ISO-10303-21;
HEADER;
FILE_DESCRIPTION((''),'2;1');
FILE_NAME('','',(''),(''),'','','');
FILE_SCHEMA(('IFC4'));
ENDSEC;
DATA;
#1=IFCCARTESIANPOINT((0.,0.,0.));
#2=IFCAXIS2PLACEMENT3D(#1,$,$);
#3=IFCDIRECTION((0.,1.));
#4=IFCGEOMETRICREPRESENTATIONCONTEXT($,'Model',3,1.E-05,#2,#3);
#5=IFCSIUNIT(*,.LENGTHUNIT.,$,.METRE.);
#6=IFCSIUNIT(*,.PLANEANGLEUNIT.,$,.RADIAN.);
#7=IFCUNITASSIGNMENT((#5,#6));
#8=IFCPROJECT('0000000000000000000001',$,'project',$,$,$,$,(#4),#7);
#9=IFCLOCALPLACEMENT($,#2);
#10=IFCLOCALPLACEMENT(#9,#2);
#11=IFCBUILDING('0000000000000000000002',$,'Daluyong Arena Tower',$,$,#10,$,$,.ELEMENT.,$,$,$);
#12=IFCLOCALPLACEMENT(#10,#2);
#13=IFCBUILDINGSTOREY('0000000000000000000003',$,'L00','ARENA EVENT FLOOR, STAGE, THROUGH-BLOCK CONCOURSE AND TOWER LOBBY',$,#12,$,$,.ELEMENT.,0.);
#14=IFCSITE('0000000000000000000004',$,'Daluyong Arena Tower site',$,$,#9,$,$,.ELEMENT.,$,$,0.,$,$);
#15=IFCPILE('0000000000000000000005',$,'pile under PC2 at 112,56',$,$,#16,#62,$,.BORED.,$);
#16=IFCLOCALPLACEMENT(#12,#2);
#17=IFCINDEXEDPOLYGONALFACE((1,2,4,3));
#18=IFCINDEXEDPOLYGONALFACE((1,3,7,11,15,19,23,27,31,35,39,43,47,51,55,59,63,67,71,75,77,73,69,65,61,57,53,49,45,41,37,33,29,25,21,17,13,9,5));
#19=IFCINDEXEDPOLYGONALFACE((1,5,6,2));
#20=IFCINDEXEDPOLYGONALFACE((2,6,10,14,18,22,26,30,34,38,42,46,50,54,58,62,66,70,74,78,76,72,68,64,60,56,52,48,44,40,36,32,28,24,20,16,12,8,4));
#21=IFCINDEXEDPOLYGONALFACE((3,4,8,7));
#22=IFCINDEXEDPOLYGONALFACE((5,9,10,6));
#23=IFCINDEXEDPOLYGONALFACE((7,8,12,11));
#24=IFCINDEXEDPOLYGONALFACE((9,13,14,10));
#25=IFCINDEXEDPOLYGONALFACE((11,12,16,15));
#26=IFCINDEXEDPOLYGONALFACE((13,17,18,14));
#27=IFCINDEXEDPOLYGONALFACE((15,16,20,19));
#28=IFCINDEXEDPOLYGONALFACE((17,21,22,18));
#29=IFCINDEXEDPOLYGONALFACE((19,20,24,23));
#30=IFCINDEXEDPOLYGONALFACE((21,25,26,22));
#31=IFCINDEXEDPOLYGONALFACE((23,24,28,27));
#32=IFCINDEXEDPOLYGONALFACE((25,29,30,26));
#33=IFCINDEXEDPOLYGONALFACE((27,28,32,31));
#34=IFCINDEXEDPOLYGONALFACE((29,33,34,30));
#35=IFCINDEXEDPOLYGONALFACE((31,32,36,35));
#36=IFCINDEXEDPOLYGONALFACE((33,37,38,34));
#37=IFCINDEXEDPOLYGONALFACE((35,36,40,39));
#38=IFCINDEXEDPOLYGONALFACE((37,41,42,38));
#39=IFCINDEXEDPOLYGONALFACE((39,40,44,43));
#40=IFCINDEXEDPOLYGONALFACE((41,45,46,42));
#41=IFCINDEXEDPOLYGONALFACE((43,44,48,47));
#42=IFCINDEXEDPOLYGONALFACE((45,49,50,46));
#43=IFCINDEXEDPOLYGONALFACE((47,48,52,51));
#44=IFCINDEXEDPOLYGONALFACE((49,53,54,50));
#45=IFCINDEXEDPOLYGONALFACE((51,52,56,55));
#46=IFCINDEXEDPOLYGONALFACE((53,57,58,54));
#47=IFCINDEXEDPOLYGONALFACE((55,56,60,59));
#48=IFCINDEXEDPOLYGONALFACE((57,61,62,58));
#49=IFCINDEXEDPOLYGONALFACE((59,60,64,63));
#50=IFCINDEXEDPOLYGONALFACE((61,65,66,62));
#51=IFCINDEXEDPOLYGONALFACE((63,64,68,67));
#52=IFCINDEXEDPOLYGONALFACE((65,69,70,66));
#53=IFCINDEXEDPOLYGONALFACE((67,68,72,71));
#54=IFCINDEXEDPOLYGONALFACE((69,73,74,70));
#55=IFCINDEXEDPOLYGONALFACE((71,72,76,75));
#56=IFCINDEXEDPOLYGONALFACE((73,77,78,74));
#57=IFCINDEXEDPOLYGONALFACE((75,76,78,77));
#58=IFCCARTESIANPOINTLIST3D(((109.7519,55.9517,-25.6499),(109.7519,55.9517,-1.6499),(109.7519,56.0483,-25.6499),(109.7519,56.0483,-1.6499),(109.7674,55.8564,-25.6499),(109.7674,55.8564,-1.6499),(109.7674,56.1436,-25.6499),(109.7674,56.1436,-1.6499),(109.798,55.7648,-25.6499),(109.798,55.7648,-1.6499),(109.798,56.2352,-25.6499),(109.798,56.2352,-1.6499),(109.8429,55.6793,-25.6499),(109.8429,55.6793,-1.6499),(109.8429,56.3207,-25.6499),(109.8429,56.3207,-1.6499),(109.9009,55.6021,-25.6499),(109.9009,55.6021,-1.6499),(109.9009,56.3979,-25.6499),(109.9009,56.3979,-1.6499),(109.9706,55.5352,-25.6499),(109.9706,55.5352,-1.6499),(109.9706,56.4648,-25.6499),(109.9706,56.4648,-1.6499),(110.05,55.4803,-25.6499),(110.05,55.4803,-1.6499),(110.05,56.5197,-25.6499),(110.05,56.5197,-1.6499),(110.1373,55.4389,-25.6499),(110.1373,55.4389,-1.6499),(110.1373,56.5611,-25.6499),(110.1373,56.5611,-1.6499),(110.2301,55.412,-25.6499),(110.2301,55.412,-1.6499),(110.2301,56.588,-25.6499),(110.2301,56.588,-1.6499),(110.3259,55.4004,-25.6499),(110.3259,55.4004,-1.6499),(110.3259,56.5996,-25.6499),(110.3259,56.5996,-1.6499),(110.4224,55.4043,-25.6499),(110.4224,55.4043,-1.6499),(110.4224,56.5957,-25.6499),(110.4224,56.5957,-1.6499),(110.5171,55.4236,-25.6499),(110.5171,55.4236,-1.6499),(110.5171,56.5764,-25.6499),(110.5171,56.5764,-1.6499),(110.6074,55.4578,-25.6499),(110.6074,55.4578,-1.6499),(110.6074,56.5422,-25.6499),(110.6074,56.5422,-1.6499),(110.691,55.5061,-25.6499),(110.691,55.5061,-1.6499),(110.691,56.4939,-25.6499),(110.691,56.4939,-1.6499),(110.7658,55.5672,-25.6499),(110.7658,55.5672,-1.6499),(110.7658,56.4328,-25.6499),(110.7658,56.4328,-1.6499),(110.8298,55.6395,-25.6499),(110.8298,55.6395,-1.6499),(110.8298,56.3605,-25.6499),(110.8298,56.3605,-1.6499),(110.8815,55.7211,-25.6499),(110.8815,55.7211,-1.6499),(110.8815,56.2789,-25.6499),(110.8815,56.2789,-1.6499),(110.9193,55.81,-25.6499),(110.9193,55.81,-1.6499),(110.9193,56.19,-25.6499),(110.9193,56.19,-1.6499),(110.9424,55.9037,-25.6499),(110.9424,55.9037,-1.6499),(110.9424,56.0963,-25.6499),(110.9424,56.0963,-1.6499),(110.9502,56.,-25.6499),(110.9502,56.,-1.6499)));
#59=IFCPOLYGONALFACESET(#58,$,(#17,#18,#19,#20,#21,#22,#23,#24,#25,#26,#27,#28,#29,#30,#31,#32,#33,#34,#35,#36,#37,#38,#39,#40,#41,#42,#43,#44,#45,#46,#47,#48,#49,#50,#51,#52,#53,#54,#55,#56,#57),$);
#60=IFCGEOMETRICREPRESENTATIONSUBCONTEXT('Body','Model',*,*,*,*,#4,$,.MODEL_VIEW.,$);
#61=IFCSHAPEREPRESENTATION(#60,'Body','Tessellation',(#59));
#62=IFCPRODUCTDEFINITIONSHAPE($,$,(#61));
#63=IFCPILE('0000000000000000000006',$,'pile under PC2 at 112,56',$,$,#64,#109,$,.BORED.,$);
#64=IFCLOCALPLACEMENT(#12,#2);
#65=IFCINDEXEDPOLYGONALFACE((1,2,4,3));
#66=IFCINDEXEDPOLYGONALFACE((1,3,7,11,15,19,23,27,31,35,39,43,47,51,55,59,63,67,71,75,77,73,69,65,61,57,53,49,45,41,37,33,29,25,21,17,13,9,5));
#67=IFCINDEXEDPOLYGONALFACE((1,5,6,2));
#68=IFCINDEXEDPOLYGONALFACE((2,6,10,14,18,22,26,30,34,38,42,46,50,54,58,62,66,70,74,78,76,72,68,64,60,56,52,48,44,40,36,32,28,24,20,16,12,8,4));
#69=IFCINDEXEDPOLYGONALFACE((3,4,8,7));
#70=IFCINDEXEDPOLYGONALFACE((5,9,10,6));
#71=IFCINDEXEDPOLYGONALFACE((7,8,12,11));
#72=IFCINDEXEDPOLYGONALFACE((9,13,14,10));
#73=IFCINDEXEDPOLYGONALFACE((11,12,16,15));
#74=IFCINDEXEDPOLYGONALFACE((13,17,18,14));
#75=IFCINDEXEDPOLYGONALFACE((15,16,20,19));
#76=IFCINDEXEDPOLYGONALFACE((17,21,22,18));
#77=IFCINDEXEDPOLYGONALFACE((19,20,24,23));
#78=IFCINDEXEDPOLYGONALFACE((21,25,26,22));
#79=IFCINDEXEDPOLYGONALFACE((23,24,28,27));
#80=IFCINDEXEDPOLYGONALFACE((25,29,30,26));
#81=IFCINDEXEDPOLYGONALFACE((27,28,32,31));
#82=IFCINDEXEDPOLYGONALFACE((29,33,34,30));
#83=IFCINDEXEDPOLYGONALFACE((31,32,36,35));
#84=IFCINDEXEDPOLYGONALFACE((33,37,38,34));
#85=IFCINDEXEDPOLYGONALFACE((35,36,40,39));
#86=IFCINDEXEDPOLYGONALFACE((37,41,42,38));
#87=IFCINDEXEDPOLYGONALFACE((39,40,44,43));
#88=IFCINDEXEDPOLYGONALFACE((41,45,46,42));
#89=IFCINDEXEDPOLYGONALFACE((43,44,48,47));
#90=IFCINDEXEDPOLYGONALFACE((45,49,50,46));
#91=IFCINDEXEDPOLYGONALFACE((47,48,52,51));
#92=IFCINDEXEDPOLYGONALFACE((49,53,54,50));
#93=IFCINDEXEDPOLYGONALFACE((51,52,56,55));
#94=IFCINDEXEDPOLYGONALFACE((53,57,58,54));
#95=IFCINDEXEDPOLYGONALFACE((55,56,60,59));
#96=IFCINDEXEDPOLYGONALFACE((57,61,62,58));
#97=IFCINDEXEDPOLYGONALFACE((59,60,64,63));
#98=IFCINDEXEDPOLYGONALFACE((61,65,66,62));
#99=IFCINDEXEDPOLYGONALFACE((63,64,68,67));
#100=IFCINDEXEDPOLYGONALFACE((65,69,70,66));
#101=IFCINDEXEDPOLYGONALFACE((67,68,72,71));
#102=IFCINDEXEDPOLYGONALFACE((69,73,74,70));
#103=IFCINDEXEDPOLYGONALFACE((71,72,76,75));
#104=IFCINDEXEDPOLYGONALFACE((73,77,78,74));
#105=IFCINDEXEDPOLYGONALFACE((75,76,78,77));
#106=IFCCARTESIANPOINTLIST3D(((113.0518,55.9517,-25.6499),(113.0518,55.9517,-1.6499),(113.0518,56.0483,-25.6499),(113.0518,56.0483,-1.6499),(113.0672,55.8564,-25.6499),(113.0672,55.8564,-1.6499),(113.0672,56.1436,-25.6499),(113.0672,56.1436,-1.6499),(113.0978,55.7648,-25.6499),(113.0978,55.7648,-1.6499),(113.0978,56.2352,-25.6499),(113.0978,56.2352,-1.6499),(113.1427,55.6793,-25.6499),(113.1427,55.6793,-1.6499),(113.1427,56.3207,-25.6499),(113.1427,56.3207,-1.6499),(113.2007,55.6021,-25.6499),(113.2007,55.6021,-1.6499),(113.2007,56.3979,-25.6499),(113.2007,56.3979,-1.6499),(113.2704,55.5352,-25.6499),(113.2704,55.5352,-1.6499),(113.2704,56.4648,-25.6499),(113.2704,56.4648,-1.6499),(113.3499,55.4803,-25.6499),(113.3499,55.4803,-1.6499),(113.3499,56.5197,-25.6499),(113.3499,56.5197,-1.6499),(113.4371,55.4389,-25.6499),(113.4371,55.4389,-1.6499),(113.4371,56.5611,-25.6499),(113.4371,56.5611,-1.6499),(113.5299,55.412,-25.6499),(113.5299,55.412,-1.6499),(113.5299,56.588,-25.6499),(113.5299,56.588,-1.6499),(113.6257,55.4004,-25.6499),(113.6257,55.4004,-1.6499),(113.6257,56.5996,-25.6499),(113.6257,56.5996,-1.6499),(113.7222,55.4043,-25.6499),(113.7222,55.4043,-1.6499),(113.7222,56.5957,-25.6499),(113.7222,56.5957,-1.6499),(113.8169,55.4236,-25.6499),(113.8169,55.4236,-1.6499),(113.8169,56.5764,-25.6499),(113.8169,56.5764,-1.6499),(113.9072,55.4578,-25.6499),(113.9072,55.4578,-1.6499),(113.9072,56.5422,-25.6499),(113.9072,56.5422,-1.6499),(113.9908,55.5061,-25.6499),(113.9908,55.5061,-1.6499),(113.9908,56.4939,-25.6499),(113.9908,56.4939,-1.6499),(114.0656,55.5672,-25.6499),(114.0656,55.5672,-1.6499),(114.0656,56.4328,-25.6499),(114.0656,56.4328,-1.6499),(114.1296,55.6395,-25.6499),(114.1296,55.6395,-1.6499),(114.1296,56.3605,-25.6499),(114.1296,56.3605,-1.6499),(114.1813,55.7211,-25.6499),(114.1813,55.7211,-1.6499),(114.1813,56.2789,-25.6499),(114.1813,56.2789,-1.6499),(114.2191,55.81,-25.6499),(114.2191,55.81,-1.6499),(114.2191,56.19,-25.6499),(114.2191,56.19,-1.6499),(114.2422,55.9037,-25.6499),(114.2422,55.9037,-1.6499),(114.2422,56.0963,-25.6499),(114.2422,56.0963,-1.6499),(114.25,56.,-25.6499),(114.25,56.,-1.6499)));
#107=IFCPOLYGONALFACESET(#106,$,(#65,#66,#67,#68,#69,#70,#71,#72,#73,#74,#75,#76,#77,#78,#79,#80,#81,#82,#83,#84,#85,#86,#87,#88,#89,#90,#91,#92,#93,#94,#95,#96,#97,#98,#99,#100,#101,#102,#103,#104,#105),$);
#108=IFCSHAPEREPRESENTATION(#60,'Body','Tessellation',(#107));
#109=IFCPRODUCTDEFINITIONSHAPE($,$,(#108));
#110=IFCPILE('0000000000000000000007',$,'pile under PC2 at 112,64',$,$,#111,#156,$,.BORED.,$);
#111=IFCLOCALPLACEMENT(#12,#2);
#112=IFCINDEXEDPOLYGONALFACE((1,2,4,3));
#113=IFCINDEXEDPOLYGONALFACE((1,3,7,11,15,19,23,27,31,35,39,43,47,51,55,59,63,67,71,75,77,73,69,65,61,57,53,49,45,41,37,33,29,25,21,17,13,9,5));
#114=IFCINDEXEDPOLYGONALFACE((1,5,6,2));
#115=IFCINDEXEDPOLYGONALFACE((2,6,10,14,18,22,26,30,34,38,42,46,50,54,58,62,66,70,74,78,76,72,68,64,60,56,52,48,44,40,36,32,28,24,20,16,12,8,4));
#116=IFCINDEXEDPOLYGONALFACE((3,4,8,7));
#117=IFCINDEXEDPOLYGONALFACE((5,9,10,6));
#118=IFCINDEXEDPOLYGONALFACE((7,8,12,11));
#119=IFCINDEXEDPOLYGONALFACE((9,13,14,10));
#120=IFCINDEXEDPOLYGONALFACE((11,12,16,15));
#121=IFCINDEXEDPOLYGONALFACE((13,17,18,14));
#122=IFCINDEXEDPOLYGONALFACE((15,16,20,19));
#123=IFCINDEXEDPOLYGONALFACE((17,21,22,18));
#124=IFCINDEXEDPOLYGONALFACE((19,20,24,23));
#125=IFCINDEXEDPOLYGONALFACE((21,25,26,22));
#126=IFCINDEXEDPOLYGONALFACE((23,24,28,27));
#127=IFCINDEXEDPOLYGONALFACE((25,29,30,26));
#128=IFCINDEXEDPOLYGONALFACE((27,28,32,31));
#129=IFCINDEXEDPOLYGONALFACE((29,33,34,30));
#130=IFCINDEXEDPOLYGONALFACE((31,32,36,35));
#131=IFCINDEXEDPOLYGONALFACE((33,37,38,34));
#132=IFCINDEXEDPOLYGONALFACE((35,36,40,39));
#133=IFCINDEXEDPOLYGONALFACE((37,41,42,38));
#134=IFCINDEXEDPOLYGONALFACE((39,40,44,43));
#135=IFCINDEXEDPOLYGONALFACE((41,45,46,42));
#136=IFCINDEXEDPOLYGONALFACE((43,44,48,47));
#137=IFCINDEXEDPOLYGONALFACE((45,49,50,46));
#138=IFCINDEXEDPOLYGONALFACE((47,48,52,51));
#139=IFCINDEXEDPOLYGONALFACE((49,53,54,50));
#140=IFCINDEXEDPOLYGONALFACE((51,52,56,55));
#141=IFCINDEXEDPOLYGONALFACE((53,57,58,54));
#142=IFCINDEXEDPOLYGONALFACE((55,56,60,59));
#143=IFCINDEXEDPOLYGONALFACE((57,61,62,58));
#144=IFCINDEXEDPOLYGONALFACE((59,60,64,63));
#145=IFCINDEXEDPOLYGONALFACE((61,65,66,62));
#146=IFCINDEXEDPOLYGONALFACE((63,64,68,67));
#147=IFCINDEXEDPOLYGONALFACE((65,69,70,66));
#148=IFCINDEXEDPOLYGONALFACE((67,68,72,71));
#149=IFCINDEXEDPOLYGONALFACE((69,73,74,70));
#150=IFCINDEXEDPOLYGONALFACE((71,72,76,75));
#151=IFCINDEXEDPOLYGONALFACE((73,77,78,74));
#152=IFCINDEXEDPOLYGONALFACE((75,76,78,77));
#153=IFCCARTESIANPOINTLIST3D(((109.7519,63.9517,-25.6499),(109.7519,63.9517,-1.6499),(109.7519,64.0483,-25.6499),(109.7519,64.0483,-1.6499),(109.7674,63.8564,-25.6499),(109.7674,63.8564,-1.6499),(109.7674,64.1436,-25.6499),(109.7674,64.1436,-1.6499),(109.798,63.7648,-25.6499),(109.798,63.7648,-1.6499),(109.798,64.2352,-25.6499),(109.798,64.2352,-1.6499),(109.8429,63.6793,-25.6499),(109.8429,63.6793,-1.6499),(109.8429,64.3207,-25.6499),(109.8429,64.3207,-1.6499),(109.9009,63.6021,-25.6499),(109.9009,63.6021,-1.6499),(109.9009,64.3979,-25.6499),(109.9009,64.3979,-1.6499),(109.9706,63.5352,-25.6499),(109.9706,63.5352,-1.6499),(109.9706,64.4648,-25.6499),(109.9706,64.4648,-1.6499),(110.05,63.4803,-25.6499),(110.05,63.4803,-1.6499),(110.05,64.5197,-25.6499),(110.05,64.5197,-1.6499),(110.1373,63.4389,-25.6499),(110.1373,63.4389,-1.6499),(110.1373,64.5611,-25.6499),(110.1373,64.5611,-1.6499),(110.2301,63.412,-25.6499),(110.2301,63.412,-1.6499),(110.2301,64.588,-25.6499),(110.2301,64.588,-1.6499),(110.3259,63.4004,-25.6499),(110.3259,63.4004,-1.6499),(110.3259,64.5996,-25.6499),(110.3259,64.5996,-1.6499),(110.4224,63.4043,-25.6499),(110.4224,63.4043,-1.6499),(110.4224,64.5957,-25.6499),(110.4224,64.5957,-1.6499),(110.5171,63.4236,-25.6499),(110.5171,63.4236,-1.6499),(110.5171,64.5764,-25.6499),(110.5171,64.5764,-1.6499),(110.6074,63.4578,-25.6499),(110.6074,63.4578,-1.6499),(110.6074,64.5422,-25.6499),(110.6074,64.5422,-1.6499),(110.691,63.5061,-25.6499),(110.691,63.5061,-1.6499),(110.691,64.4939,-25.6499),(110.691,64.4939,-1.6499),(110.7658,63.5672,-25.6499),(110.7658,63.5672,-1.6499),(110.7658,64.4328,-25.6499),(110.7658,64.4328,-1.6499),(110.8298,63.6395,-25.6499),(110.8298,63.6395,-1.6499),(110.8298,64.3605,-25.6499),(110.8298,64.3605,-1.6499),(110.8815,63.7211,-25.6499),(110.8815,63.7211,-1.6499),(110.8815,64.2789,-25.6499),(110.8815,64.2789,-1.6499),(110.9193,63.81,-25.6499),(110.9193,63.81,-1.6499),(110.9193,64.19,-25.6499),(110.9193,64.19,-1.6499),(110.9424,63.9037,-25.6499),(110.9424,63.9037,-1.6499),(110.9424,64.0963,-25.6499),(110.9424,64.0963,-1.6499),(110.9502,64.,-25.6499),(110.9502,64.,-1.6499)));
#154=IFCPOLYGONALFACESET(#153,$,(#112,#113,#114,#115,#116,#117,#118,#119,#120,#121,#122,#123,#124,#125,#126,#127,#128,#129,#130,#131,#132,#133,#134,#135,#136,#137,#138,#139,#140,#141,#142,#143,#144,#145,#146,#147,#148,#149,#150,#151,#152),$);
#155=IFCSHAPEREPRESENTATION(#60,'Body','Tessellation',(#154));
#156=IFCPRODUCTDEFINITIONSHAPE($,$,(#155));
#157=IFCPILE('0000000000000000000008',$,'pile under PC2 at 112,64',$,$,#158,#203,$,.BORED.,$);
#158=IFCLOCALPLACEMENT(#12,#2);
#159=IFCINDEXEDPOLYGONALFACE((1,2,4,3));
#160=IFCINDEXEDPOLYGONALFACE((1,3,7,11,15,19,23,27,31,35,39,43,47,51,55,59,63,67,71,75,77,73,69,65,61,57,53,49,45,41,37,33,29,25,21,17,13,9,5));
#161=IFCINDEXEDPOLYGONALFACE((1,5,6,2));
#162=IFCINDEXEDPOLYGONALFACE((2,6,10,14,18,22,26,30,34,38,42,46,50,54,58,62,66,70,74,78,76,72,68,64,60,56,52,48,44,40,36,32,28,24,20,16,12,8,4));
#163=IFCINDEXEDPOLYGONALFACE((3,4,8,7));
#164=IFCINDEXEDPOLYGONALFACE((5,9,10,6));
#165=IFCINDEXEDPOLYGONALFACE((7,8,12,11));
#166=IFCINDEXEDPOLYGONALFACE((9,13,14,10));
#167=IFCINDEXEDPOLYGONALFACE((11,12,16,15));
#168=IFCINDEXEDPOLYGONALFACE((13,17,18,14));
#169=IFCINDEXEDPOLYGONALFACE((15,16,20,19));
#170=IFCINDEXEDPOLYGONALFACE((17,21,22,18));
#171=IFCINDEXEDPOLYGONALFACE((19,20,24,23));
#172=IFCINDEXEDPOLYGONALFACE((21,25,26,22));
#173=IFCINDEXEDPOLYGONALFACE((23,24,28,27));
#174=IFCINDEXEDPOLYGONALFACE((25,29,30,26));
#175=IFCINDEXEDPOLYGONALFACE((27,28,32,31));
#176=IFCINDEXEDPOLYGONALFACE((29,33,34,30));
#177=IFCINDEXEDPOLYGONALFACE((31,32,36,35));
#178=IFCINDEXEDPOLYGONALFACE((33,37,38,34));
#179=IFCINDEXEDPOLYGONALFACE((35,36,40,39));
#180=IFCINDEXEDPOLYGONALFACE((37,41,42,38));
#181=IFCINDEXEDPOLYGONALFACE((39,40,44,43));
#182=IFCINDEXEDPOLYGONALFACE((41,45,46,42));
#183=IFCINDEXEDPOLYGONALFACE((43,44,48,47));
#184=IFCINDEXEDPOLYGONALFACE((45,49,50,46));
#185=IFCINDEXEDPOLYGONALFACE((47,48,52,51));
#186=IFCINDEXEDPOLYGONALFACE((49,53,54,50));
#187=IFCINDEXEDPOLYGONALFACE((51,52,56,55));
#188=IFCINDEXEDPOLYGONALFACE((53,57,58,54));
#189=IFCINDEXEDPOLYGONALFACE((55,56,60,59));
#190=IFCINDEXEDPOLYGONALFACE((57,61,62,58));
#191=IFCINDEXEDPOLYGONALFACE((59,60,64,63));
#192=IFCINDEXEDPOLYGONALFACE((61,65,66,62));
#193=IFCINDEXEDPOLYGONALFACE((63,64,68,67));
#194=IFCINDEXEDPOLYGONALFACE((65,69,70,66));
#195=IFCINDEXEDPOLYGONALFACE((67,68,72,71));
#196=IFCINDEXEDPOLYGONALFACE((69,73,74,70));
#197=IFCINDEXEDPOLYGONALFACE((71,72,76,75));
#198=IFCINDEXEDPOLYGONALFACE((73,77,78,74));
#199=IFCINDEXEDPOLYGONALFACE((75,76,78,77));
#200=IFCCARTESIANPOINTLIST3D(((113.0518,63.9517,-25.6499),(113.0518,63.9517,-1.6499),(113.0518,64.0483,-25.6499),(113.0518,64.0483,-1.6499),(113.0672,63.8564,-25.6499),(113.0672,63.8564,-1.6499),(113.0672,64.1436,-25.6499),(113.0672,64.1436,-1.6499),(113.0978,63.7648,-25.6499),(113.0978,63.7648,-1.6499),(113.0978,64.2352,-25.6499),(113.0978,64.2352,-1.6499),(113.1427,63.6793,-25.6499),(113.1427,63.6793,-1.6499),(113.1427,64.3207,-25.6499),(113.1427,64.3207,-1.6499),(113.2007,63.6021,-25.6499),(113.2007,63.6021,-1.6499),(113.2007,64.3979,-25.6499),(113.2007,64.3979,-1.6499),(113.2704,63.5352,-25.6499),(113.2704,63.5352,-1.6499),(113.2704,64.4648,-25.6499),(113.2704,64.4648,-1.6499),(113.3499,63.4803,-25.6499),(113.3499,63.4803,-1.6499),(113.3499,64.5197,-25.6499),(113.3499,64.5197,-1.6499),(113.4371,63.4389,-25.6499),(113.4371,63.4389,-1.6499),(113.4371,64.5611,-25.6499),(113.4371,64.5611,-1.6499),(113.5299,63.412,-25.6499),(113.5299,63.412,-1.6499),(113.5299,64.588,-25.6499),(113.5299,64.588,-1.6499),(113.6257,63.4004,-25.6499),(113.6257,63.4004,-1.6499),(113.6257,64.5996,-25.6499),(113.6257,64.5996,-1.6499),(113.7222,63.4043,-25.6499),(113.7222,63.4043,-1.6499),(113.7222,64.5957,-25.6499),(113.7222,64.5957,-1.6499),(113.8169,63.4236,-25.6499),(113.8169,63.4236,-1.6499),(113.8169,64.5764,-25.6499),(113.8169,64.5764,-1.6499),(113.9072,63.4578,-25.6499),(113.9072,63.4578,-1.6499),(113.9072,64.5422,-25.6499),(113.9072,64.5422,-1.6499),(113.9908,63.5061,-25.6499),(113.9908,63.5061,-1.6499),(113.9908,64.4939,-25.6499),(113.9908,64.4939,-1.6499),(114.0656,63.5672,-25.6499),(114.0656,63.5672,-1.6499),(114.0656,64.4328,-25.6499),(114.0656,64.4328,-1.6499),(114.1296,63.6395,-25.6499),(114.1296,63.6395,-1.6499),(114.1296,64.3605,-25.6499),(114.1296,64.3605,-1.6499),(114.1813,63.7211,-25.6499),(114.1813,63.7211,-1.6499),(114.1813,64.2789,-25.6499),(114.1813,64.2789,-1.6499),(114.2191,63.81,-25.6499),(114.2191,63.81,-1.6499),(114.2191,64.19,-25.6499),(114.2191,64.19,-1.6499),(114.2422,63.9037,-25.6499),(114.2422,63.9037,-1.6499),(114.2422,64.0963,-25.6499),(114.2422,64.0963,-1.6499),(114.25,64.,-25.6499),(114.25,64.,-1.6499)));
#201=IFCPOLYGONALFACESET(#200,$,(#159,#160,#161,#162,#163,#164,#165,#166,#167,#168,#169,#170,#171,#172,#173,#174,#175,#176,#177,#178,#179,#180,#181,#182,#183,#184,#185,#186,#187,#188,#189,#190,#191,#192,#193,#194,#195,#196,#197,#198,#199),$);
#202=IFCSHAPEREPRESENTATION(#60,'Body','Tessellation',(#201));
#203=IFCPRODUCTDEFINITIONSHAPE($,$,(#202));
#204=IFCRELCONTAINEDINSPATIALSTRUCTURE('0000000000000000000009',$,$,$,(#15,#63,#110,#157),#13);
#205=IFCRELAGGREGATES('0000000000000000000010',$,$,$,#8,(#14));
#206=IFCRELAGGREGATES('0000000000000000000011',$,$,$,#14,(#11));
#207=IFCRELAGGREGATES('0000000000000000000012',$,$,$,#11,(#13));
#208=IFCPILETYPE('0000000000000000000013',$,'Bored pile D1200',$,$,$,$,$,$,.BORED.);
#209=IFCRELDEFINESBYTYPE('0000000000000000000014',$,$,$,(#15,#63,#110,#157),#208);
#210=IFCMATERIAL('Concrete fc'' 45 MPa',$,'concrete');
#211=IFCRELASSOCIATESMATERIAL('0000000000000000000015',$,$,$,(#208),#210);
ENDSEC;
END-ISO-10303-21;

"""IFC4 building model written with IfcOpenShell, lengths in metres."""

from ifc_helpers import new_model, si_unit, direction, frame, origin, origin_2d, place, context, subcontext, project, spatial, circle, extrude, material, type_object, element, save


model = new_model("IFC4")

# Units and contexts
model_context = context("Model", 3, precision=1e-05, world=origin(), true_north=direction((0.0, 1.0)))
body_context = subcontext(model_context, "Body", "Model", "MODEL_VIEW")
ifc_project = project(units=[si_unit("LENGTHUNIT", "METRE"), si_unit("PLANEANGLEUNIT", "RADIAN")], contexts=[model_context])

# Site, building, storey
site_placement = place(None, origin())
site = spatial("IfcSite", under=ifc_project, at=site_placement, Name="Daluyong Arena Tower site", CompositionType="ELEMENT", RefElevation=0.0)
building_placement = place(site_placement, origin())
building = spatial("IfcBuilding", under=site, at=building_placement, Name="Daluyong Arena Tower", CompositionType="ELEMENT")
storey_placement = place(building_placement, origin())
storey = spatial("IfcBuildingStorey", under=building, at=storey_placement, Name="L00", Description="ARENA EVENT FLOOR, STAGE, THROUGH-BLOCK CONCOURSE AND TOWER LOBBY", CompositionType="ELEMENT", Elevation=0.0)

# Piles
ifc_material_1 = material(Name="Concrete fc' 45 MPa", Category="concrete")
pile_type = type_object("IfcPileType", Name="Bored pile D1200", PredefinedType="BORED", material=ifc_material_1)
for number, where, z_axis, x_axis, name in (
    (1, (110.3501, 56.0, -1.6499), (0.0, 0.0, -1.0), (1.0, 0.0, 0.0), "pile under PC2 at 112,56"),
    (2, (113.6499, 56.0, -1.6499), (0.0, 0.0, -1.0), (1.0, 0.0, 0.0), "pile under PC2 at 112,56"),
    (3, (110.3501, 64.0, -1.6499), (0.0, 0.0, -1.0), (1.0, 0.0, 0.0), "pile under PC2 at 112,64"),
    (4, (113.6499, 64.0, -1.6499), (0.0, 0.0, -1.0), (1.0, 0.0, 0.0), "pile under PC2 at 112,64"),
):
    element("IfcPile", number, at=place(storey_placement, frame(where, z_axis=z_axis, x_axis=x_axis)), inside=storey, type_object=pile_type, Name=name, PredefinedType="BORED", context=body_context, shape_type="SweptSolid", body=[
        extrude(circle(Radius=0.6001, at=origin_2d()), origin(), (0.0, 0.0, 1.0), 24.0),
    ])

save(model, "model.ifc")
